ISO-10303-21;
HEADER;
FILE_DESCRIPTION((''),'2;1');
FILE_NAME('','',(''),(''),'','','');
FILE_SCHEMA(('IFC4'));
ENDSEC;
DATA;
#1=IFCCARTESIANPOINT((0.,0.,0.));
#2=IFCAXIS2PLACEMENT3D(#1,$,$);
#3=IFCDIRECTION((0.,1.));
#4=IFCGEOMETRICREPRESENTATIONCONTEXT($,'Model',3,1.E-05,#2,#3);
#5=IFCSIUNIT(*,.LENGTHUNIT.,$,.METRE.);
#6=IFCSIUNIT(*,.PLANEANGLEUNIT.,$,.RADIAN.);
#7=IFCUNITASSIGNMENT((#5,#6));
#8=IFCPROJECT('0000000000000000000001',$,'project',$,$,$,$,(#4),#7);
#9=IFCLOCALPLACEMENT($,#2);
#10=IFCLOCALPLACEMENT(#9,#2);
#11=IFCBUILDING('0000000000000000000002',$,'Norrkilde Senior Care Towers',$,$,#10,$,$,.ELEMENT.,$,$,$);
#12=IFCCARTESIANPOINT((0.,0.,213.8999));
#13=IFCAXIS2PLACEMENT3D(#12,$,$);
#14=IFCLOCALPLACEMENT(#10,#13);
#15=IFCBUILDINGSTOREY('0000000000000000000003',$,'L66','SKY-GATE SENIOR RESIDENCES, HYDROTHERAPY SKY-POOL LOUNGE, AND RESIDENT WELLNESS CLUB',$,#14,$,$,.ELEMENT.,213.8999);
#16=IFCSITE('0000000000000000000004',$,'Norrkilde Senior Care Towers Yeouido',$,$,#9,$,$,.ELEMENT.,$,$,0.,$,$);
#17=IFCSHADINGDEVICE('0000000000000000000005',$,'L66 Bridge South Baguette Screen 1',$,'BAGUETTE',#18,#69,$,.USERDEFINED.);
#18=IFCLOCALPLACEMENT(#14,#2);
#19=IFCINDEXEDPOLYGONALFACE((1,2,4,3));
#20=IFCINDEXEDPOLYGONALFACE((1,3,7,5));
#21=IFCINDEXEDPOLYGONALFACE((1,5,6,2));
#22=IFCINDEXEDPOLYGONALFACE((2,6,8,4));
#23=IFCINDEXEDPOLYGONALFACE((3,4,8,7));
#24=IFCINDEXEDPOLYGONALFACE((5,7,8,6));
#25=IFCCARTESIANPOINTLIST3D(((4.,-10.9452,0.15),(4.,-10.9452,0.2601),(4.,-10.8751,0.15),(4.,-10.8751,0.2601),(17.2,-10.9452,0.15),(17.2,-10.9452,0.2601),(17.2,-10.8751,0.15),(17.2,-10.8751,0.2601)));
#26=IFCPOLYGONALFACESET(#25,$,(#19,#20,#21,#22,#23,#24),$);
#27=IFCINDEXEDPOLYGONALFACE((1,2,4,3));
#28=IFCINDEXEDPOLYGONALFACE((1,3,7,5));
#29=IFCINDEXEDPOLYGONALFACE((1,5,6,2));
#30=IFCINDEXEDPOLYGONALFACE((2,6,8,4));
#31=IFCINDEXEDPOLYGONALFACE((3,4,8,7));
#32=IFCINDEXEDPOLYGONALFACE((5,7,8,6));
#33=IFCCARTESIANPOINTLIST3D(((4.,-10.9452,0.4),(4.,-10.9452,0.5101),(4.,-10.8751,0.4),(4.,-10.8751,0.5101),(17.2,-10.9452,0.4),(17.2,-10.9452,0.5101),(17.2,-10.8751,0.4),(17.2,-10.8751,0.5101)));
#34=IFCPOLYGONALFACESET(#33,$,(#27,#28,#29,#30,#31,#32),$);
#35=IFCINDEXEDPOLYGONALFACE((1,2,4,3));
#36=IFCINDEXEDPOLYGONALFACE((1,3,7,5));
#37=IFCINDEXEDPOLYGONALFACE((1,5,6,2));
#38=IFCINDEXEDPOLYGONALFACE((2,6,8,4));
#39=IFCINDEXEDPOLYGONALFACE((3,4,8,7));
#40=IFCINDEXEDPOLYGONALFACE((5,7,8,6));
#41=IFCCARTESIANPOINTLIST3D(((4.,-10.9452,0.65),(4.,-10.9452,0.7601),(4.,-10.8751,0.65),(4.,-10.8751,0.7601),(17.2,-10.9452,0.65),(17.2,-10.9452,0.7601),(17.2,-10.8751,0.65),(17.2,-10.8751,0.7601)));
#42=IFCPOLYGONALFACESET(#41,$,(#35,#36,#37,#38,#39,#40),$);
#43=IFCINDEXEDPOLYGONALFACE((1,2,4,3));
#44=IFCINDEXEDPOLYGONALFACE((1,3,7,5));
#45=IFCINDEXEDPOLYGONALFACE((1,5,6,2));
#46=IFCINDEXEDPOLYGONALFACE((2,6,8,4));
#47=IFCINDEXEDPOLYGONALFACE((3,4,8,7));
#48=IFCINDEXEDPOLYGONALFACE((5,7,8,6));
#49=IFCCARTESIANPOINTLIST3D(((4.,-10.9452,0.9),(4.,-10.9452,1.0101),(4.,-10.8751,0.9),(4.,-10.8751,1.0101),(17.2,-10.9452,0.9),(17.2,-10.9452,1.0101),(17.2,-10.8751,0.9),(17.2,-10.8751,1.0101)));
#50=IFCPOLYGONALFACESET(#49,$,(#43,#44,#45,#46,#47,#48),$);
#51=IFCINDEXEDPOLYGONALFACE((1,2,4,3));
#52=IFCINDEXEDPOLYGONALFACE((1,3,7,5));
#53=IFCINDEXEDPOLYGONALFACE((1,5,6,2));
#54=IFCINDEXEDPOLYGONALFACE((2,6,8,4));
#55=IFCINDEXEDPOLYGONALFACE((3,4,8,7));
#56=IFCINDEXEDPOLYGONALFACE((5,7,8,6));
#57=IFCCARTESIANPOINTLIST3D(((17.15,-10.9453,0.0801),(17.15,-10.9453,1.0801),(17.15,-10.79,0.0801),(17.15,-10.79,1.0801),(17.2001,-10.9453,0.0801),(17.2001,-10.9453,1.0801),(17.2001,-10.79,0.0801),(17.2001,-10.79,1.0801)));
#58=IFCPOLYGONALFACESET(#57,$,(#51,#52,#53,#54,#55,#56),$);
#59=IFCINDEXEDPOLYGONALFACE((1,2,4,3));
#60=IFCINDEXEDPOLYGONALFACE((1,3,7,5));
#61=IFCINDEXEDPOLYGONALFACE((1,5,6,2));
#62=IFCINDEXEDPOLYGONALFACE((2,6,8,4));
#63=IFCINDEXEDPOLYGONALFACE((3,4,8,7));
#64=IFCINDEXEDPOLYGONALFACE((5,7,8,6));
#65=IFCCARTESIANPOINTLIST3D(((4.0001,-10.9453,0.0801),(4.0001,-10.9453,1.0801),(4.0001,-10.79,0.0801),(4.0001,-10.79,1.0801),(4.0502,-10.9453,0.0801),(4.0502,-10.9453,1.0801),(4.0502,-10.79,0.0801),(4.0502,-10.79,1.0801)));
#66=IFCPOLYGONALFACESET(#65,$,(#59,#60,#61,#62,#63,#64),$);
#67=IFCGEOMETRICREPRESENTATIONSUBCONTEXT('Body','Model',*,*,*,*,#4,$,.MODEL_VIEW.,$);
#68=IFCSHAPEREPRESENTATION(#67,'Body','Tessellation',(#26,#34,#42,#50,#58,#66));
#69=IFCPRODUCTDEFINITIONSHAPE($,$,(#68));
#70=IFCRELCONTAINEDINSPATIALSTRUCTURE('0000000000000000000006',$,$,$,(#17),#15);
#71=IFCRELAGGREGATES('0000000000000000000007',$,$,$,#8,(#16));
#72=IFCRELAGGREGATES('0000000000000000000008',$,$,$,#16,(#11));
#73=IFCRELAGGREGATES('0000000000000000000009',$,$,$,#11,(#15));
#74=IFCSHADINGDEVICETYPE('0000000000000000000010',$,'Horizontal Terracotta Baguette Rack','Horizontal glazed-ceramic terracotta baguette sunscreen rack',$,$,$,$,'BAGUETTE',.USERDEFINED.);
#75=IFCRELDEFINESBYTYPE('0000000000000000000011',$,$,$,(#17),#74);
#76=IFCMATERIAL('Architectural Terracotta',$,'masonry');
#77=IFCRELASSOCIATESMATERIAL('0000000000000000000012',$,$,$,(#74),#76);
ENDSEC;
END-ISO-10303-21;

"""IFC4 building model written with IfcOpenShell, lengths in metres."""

from ifc_helpers import new_model, si_unit, direction, frame, origin, origin_2d, place, context, subcontext, project, spatial, rectangle, extrude, source, transform, mapped, material, type_object, type_shapes, element, save


model = new_model("IFC4")

# Units and contexts
model_context = context("Model", 3, precision=1e-05, world=origin(), true_north=direction((0.0, 1.0)))
body_context = subcontext(model_context, "Body", "Model", "MODEL_VIEW")
ifc_project = project(units=[si_unit("LENGTHUNIT", "METRE"), si_unit("PLANEANGLEUNIT", "RADIAN")], contexts=[model_context])

# Site, building, storey
site_placement = place(None, origin())
site = spatial("IfcSite", under=ifc_project, at=site_placement, Name="Norrkilde Senior Care Towers Yeouido", CompositionType="ELEMENT", RefElevation=0.0)
building_placement = place(site_placement, origin())
building = spatial("IfcBuilding", under=site, at=building_placement, Name="Norrkilde Senior Care Towers", CompositionType="ELEMENT")
storey_placement = place(building_placement, frame((0.0, 0.0, 213.8999)))
storey = spatial("IfcBuildingStorey", under=building, at=storey_placement, Name="L66", Description="SKY-GATE SENIOR RESIDENCES, HYDROTHERAPY SKY-POOL LOUNGE, AND RESIDENT WELLNESS CLUB", CompositionType="ELEMENT", Elevation=213.8999)

# Shading device
ifc_material_1 = material(Name="Architectural Terracotta", Category="masonry")
shading_device_type = type_object("IfcShadingDeviceType", Name="Horizontal Terracotta Baguette Rack", Description="Horizontal glazed-ceramic terracotta baguette sunscreen rack", ElementType="BAGUETTE", PredefinedType="USERDEFINED", material=ifc_material_1)
shared_shape_1 = source(origin(), body_context, "Body", "SweptSolid", [
    extrude(rectangle(XDim=0.0701, YDim=0.1101, at=origin_2d()), frame((0.0, 0.0901, 0.125), z_axis=(1.0, 0.0, 0.0), x_axis=(0.0, 1.0, 0.0)), (0.0, 0.0, 1.0), 13.2),
    extrude(rectangle(XDim=0.0701, YDim=0.1101, at=origin_2d()), frame((0.0, 0.0901, 0.375), z_axis=(1.0, 0.0, 0.0), x_axis=(0.0, 1.0, 0.0)), (0.0, 0.0, 1.0), 13.2),
    extrude(rectangle(XDim=0.0701, YDim=0.1101, at=origin_2d()), frame((0.0, 0.0901, 0.625), z_axis=(1.0, 0.0, 0.0), x_axis=(0.0, 1.0, 0.0)), (0.0, 0.0, 1.0), 13.2),
    extrude(rectangle(XDim=0.0701, YDim=0.1101, at=origin_2d()), frame((0.0, 0.0901, 0.875), z_axis=(1.0, 0.0, 0.0), x_axis=(0.0, 1.0, 0.0)), (0.0, 0.0, 1.0), 13.2),
    extrude(rectangle(XDim=0.05, YDim=0.1553, at=origin_2d()), frame((0.0249, 0.0476, 0.0)), (0.0, 0.0, 1.0), 1.0),
    extrude(rectangle(XDim=0.05, YDim=0.1553, at=origin_2d()), frame((13.1748, 0.0476, 0.0)), (0.0, 0.0, 1.0), 1.0),
])
type_shapes(shading_device_type, [shared_shape_1])
shading_device_placement = place(storey_placement, frame((17.2, -10.8201, 0.0801), z_axis=(0.0, 0.0, 1.0), x_axis=(-1.0, 0.0, 0.0)))
element("IfcShadingDevice", 1, at=shading_device_placement, inside=storey, type_object=shading_device_type, Name="L66 Bridge South Baguette Screen 1", ObjectType="BAGUETTE", PredefinedType="USERDEFINED", context=body_context, shape_type="MappedRepresentation", body=[
    mapped(shared_shape_1, transform((0.0, 0.0, 0.0), x_axis=(1.0, 0.0, 0.0), y_axis=(0.0, 1.0, 0.0), z_axis=(0.0, 0.0, 1.0), scale=1.0)),
])

save(model, "model.ifc")
